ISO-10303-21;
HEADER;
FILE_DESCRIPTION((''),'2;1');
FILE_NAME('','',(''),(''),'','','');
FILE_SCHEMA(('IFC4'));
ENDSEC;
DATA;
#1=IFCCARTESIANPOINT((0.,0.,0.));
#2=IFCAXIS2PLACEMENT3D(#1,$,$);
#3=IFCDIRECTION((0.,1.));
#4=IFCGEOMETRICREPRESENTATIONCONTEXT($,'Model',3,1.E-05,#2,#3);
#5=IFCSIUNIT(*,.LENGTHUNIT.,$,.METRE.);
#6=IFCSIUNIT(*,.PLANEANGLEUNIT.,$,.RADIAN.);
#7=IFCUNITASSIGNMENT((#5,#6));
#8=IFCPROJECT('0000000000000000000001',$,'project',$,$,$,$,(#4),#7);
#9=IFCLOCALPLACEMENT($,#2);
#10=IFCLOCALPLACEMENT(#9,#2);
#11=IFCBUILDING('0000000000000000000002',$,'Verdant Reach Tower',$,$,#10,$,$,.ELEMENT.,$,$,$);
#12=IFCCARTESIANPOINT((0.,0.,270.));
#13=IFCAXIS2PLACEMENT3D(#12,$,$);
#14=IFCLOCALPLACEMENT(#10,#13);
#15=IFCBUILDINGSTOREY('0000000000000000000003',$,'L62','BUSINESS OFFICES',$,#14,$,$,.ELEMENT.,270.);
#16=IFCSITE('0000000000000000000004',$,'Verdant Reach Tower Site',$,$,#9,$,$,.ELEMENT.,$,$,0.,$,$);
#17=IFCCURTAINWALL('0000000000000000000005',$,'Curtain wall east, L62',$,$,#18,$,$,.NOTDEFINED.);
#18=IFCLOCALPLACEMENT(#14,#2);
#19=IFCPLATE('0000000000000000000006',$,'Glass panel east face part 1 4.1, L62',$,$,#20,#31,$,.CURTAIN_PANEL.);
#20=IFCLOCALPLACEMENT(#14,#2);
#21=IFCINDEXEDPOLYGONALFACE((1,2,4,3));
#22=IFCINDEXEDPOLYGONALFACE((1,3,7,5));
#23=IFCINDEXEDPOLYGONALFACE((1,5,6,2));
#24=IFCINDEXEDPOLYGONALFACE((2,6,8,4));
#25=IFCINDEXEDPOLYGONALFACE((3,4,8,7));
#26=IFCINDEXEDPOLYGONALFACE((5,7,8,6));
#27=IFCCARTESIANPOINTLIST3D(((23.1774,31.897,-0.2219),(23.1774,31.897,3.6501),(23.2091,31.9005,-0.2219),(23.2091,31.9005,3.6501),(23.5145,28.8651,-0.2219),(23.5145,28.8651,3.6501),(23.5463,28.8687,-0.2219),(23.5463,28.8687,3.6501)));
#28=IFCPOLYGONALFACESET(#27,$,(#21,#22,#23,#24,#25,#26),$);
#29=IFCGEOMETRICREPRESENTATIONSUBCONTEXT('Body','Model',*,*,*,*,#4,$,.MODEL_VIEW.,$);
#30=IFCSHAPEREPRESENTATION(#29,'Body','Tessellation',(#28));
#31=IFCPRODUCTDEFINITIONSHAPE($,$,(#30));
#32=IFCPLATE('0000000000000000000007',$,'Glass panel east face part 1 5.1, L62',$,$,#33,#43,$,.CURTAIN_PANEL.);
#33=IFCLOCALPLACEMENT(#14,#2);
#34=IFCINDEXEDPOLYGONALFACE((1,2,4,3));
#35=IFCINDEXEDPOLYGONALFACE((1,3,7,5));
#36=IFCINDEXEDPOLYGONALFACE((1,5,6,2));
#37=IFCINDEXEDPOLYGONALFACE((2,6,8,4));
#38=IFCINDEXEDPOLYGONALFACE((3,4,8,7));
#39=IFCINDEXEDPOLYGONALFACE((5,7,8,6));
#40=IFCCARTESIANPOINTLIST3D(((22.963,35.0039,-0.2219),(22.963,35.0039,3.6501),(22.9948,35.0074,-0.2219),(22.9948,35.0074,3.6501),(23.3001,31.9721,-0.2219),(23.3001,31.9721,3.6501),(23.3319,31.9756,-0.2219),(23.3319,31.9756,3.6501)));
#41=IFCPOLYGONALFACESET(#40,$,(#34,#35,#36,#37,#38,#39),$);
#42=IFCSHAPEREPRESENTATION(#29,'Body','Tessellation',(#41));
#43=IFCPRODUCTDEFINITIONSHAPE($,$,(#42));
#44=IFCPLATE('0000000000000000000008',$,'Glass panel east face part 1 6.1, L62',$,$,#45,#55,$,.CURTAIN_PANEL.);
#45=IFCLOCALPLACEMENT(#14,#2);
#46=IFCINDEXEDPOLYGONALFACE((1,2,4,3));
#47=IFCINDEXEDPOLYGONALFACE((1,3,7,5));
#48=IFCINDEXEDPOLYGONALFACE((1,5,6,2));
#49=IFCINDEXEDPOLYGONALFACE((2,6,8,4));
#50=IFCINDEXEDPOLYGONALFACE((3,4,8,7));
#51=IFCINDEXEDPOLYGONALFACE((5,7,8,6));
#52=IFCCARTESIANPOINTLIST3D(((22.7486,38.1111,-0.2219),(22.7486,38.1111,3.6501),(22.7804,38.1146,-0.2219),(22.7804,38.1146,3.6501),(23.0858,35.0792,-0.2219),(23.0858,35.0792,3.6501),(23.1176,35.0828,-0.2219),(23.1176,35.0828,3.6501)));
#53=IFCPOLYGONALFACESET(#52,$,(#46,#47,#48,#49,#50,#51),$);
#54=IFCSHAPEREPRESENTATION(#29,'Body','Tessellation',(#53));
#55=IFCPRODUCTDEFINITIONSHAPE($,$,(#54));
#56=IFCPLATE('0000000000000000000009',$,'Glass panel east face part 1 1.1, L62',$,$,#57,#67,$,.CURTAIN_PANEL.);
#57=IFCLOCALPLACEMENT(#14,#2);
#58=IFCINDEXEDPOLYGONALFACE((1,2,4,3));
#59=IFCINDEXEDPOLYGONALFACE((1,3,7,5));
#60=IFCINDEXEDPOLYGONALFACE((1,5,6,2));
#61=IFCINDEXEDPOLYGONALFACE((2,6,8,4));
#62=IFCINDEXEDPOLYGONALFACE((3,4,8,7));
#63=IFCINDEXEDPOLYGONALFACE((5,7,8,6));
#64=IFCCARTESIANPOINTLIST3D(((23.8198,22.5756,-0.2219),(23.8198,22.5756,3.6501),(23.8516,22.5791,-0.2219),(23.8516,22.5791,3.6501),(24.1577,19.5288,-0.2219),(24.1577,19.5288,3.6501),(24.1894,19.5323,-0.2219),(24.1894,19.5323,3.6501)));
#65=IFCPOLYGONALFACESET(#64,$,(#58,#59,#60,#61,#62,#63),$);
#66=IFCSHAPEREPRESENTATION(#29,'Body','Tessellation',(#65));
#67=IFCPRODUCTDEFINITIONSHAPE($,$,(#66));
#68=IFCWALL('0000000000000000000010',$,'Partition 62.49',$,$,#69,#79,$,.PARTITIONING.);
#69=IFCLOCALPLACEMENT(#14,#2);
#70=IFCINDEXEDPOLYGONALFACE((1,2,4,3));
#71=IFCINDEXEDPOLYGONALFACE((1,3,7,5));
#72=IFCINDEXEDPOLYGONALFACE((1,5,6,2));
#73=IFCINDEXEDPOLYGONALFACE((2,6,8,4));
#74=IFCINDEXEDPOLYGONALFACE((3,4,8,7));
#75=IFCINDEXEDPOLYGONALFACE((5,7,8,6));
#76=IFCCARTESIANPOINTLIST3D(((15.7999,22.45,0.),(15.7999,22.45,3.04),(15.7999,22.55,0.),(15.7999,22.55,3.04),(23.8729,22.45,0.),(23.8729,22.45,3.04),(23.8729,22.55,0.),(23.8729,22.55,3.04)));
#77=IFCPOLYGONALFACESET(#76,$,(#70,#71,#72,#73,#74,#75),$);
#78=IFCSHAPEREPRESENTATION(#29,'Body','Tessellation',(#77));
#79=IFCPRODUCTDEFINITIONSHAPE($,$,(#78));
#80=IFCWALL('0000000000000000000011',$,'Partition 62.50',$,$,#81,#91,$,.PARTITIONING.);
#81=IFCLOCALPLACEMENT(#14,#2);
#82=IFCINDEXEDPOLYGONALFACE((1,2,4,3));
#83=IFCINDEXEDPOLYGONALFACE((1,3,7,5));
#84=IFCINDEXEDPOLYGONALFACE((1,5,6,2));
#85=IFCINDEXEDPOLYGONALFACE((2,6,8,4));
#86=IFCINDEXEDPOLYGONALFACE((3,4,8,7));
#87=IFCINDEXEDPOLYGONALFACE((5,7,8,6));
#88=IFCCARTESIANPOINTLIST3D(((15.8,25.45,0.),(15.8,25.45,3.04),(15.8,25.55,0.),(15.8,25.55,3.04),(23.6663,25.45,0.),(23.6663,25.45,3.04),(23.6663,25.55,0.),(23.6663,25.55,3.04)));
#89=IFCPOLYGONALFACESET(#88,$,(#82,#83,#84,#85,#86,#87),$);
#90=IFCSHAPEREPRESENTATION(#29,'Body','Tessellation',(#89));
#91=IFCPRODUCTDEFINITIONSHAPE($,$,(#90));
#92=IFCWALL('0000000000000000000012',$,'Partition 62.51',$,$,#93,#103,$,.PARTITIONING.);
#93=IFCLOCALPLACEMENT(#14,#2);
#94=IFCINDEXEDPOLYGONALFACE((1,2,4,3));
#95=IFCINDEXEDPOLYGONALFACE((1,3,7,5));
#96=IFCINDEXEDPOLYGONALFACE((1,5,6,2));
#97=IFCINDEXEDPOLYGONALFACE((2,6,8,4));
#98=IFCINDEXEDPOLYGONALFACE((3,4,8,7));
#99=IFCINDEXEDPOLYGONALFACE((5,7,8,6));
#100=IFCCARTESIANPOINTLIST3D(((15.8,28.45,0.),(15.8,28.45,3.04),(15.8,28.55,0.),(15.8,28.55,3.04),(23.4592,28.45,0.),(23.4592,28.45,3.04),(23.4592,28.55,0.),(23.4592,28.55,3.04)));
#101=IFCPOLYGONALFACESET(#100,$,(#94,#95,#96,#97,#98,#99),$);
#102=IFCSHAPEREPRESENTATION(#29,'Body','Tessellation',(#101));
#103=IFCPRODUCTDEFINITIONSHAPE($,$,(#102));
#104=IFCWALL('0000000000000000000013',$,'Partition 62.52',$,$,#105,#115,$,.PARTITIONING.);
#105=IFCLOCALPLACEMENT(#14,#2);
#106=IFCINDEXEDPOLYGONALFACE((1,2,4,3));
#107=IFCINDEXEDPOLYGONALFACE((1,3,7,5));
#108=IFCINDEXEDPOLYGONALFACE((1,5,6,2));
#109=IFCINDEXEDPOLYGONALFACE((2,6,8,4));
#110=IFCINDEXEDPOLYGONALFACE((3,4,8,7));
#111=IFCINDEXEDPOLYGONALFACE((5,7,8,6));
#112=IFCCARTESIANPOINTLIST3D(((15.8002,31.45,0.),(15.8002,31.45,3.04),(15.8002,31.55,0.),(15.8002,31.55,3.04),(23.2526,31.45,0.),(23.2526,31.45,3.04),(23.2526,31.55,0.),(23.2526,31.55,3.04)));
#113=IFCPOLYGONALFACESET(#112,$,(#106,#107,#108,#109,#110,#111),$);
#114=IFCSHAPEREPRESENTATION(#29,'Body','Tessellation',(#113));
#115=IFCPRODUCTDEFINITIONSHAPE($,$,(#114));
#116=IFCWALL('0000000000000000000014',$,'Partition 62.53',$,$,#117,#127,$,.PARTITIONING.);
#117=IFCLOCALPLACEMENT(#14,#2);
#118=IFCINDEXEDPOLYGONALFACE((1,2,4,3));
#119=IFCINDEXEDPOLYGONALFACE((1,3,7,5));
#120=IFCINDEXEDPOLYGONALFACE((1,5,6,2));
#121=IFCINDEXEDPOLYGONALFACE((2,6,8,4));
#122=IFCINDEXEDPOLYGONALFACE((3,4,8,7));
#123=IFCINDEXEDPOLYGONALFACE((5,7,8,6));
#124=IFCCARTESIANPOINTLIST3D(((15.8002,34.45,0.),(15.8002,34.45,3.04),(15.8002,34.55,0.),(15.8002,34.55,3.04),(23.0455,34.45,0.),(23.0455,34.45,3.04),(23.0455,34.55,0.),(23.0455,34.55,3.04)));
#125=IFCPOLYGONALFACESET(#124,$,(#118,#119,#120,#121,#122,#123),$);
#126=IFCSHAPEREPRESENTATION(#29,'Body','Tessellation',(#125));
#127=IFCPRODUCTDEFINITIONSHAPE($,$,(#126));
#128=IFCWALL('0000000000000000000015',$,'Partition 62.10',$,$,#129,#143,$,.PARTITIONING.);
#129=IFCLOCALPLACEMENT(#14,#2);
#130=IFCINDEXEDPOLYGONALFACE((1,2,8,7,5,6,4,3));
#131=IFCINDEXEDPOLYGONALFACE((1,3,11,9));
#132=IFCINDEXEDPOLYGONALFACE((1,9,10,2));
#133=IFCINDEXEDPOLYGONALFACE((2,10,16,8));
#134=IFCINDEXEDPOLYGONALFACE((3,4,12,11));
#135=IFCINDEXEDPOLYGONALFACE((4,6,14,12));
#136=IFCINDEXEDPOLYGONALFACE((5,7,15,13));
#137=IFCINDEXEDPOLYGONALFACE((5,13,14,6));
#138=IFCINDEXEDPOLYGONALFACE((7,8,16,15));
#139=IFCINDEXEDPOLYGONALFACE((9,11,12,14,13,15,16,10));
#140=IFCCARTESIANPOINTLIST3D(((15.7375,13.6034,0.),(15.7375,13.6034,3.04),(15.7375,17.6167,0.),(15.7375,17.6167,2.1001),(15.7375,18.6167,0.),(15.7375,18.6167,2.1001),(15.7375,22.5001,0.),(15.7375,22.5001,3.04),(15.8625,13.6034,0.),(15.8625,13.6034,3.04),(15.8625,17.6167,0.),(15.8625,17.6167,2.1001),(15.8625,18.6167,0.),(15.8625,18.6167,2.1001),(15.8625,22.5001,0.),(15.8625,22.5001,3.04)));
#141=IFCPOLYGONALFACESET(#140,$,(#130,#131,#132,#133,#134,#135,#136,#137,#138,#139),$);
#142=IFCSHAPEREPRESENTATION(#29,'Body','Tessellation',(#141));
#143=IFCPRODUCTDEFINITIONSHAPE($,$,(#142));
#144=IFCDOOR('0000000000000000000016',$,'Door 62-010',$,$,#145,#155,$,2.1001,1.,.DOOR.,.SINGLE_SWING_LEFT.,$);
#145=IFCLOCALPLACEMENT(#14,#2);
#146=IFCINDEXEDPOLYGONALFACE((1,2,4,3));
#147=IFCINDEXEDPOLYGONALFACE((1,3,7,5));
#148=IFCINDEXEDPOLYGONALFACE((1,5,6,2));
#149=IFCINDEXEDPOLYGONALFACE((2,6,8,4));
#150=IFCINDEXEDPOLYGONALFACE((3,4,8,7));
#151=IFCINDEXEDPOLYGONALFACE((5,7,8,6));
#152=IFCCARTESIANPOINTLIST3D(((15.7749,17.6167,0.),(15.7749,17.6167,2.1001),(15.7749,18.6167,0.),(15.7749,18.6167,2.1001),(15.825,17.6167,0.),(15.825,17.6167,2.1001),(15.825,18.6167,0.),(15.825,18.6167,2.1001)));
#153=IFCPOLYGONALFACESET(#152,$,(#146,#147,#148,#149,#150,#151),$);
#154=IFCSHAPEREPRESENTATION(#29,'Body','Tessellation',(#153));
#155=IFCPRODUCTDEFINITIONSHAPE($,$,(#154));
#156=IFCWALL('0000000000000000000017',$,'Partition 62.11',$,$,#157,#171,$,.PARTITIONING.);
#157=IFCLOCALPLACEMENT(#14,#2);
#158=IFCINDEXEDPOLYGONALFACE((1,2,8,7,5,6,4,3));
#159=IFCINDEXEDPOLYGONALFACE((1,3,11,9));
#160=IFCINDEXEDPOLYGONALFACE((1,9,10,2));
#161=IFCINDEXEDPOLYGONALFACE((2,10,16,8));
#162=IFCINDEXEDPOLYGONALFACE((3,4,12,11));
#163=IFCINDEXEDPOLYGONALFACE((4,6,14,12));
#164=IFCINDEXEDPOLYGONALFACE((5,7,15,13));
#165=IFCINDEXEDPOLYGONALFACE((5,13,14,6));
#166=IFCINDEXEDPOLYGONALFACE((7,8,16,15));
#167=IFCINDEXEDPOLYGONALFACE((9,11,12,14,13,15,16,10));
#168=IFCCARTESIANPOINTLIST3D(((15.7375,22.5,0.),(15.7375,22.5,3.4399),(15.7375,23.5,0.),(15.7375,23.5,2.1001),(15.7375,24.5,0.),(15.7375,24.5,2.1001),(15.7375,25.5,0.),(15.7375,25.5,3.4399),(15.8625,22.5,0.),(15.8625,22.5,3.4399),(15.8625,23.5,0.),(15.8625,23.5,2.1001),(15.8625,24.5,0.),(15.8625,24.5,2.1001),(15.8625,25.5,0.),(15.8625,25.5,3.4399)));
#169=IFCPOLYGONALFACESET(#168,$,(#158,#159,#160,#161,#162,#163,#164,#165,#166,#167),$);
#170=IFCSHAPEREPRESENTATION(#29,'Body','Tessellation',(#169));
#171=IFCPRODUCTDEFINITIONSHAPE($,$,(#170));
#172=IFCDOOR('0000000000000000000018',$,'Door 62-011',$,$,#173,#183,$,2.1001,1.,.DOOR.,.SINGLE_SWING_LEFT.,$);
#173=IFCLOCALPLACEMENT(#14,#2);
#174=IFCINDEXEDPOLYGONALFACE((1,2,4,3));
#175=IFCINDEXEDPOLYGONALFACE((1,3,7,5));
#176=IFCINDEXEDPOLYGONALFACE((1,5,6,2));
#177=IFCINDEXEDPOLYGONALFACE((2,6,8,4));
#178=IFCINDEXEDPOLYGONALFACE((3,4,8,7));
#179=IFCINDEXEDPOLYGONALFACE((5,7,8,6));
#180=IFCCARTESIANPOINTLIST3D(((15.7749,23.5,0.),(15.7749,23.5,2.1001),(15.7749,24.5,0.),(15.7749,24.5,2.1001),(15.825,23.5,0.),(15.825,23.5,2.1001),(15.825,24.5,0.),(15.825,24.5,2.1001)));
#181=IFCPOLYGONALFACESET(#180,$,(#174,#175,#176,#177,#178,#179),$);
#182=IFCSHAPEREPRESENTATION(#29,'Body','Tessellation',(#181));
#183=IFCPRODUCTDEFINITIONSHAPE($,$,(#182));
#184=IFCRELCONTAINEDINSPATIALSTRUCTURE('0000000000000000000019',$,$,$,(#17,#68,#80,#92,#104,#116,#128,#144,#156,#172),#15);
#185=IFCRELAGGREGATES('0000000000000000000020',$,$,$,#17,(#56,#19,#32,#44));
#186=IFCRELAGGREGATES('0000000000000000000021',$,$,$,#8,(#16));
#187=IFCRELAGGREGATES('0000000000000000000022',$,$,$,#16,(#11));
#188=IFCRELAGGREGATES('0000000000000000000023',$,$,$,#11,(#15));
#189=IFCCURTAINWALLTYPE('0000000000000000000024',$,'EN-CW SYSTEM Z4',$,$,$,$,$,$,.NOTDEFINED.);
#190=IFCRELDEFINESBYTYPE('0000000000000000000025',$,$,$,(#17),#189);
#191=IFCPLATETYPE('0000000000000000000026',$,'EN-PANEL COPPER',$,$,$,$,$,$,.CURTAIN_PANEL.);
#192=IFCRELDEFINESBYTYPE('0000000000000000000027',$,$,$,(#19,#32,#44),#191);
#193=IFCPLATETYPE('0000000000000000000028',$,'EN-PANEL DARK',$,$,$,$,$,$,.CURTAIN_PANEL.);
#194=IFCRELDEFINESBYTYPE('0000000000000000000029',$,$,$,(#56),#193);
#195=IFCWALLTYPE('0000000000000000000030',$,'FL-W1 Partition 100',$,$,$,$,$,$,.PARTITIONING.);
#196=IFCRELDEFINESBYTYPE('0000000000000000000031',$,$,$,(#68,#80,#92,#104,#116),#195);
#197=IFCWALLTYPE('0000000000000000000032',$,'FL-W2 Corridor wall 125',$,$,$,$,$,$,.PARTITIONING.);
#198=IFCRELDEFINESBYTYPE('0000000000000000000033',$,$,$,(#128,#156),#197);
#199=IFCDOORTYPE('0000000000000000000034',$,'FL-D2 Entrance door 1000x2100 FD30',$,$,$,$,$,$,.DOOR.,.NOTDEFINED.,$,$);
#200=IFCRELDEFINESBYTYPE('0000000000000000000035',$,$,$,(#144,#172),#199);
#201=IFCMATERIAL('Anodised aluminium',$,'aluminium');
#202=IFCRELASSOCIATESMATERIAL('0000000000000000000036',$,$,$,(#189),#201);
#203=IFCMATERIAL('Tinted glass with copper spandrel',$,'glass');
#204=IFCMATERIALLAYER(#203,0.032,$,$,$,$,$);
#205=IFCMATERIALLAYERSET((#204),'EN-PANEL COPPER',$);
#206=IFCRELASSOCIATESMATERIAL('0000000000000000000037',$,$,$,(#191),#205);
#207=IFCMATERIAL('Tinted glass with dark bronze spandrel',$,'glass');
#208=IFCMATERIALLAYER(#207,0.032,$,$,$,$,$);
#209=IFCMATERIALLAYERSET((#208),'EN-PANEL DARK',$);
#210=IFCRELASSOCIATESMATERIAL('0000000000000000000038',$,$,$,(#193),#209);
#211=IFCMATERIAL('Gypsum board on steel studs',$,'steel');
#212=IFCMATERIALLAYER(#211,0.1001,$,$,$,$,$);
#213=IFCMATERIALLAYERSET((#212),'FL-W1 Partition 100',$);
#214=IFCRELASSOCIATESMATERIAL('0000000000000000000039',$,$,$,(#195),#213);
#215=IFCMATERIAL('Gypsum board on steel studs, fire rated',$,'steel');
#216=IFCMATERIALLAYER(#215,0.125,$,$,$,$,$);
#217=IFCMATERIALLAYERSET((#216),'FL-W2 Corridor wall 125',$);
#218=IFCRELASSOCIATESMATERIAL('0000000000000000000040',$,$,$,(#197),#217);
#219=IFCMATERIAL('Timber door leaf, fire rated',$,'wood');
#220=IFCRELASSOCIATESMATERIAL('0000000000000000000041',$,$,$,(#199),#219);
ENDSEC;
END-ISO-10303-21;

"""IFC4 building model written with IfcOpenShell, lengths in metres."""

from ifc_helpers import new_model, si_unit, direction, frame, frame_2d, origin, origin_2d, place, context, subcontext, project, spatial, rectangle, extrude, material, layer, layer_set, type_object, element, fill, aggregate, save


model = new_model("IFC4")

# Units and contexts
model_context = context("Model", 3, precision=1e-05, world=origin(), true_north=direction((0.0, 1.0)))
body_context = subcontext(model_context, "Body", "Model", "MODEL_VIEW")
ifc_project = project(units=[si_unit("LENGTHUNIT", "METRE"), si_unit("PLANEANGLEUNIT", "RADIAN")], contexts=[model_context])

# Site, building, storey
site_placement = place(None, origin())
site = spatial("IfcSite", under=ifc_project, at=site_placement, Name="Verdant Reach Tower Site", CompositionType="ELEMENT", RefElevation=0.0)
building_placement = place(site_placement, origin())
building = spatial("IfcBuilding", under=site, at=building_placement, Name="Verdant Reach Tower", CompositionType="ELEMENT")
storey_placement = place(building_placement, frame((0.0, 0.0, 270.0)))
storey = spatial("IfcBuildingStorey", under=building, at=storey_placement, Name="L62", Description="BUSINESS OFFICES", CompositionType="ELEMENT", Elevation=270.0)

# Curtain wall, plates
ifc_material_1 = material(Name="Anodised aluminium", Category="aluminium")
curtain_wall_type = type_object("IfcCurtainWallType", Name="EN-CW SYSTEM Z4", PredefinedType="NOTDEFINED", material=ifc_material_1)
curtain_wall_placement = place(storey_placement, origin())
curtain_wall = element("IfcCurtainWall", 1, at=curtain_wall_placement, inside=storey, type_object=curtain_wall_type, Name="Curtain wall east, L62", PredefinedType="NOTDEFINED")
ifc_material_2 = material(Name="Tinted glass with copper spandrel", Category="glass")
ifc_layer_1 = layer(ifc_material_2, 0.032)
ifc_layer_set_1 = layer_set([ifc_layer_1], Name="EN-PANEL COPPER")
plate_type_1 = type_object("IfcPlateType", Name="EN-PANEL COPPER", PredefinedType="CURTAIN_PANEL", material=ifc_layer_set_1)
plate_1_placement = place(storey_placement, frame((23.3618, 30.3828, -0.2219), z_axis=(0.0, 0.0, 1.0), x_axis=(-0.110518, 0.993874, 0.0)))
plate_1 = element("IfcPlate", 2, at=plate_1_placement, type_object=plate_type_1, Name="Glass panel east face part 1 4.1, L62", PredefinedType="CURTAIN_PANEL", context=body_context, shape_type="SweptSolid", body=[
    extrude(rectangle(XDim=3.0505, YDim=0.032, at=origin_2d()), origin(), (0.0, 0.0, 1.0), 3.8721),
])
plate_2_placement = place(storey_placement, frame((23.1475, 33.4897, -0.2219), z_axis=(0.0, 0.0, 1.0), x_axis=(-0.110518, 0.993874, 0.0)))
plate_2 = element("IfcPlate", 3, at=plate_2_placement, type_object=plate_type_1, Name="Glass panel east face part 1 5.1, L62", PredefinedType="CURTAIN_PANEL", context=body_context, shape_type="SweptSolid", body=[
    extrude(rectangle(XDim=3.0505, YDim=0.032, at=origin_2d()), origin(), (0.0, 0.0, 1.0), 3.8721),
])
plate_3_placement = place(storey_placement, frame((22.9331, 36.5969, -0.2219), z_axis=(0.0, 0.0, 1.0), x_axis=(-0.110518, 0.993874, 0.0)))
plate_3 = element("IfcPlate", 4, at=plate_3_placement, type_object=plate_type_1, Name="Glass panel east face part 1 6.1, L62", PredefinedType="CURTAIN_PANEL", context=body_context, shape_type="SweptSolid", body=[
    extrude(rectangle(XDim=3.0505, YDim=0.032, at=origin_2d()), origin(), (0.0, 0.0, 1.0), 3.8721),
])
ifc_material_3 = material(Name="Tinted glass with dark bronze spandrel", Category="glass")
ifc_layer_2 = layer(ifc_material_3, 0.032)
ifc_layer_set_2 = layer_set([ifc_layer_2], Name="EN-PANEL DARK")
plate_type_2 = type_object("IfcPlateType", Name="EN-PANEL DARK", PredefinedType="CURTAIN_PANEL", material=ifc_layer_set_2)
plate_4_placement = place(storey_placement, frame((24.0046, 21.054, -0.2219), z_axis=(0.0, 0.0, 1.0), x_axis=(-0.110206, 0.993909, 0.0)))
plate_4 = element("IfcPlate", 5, at=plate_4_placement, type_object=plate_type_2, Name="Glass panel east face part 1 1.1, L62", PredefinedType="CURTAIN_PANEL", context=body_context, shape_type="SweptSolid", body=[
    extrude(rectangle(XDim=3.0654, YDim=0.032, at=origin_2d()), origin(), (0.0, 0.0, 1.0), 3.8721),
])
aggregate(curtain_wall, [plate_4, plate_1, plate_2, plate_3])

# Walls
ifc_material_4 = material(Name="Gypsum board on steel studs", Category="steel")
ifc_layer_3 = layer(ifc_material_4, 0.1001)
ifc_layer_set_3 = layer_set([ifc_layer_3], Name="FL-W1 Partition 100")
wall_type_1 = type_object("IfcWallType", Name="FL-W1 Partition 100", PredefinedType="PARTITIONING", material=ifc_layer_set_3)
wall_1_placement = place(storey_placement, frame((23.873, 22.5, 0.0), z_axis=(0.0, 0.0, 1.0), x_axis=(-1.0, 0.0, 0.0)))
element("IfcWall", 6, at=wall_1_placement, inside=storey, type_object=wall_type_1, Name="Partition 62.49", PredefinedType="PARTITIONING", context=body_context, shape_type="SweptSolid", body=[
    extrude(rectangle(XDim=8.073, YDim=0.1001, at=frame_2d((4.0366, 0.0))), origin(), (0.0, 0.0, 1.0), 3.04),
])
wall_2_placement = place(storey_placement, frame((23.6663, 25.5, 0.0), z_axis=(0.0, 0.0, 1.0), x_axis=(-1.0, 0.0, 0.0)))
element("IfcWall", 7, at=wall_2_placement, inside=storey, type_object=wall_type_1, Name="Partition 62.50", PredefinedType="PARTITIONING", context=body_context, shape_type="SweptSolid", body=[
    extrude(rectangle(XDim=7.8662, YDim=0.1001, at=frame_2d((3.9331, 0.0))), origin(), (0.0, 0.0, 1.0), 3.04),
])
wall_3_placement = place(storey_placement, frame((23.4592, 28.5, 0.0), z_axis=(0.0, 0.0, 1.0), x_axis=(-1.0, 0.0, 0.0)))
element("IfcWall", 8, at=wall_3_placement, inside=storey, type_object=wall_type_1, Name="Partition 62.51", PredefinedType="PARTITIONING", context=body_context, shape_type="SweptSolid", body=[
    extrude(rectangle(XDim=7.6592, YDim=0.1001, at=frame_2d((3.8296, 0.0))), origin(), (0.0, 0.0, 1.0), 3.04),
])
wall_4_placement = place(storey_placement, frame((23.2524, 31.5, 0.0), z_axis=(0.0, 0.0, 1.0), x_axis=(-1.0, 0.0, 0.0)))
element("IfcWall", 9, at=wall_4_placement, inside=storey, type_object=wall_type_1, Name="Partition 62.52", PredefinedType="PARTITIONING", context=body_context, shape_type="SweptSolid", body=[
    extrude(rectangle(XDim=7.4524, YDim=0.1001, at=frame_2d((3.7261, 0.0))), origin(), (0.0, 0.0, 1.0), 3.04),
])
wall_5_placement = place(storey_placement, frame((23.0454, 34.5, 0.0), z_axis=(0.0, 0.0, 1.0), x_axis=(-1.0, 0.0, 0.0)))
element("IfcWall", 10, at=wall_5_placement, inside=storey, type_object=wall_type_1, Name="Partition 62.53", PredefinedType="PARTITIONING", context=body_context, shape_type="SweptSolid", body=[
    extrude(rectangle(XDim=7.2454, YDim=0.1001, at=frame_2d((3.6226, 0.0))), origin(), (0.0, 0.0, 1.0), 3.04),
])

# Walls, openings, doors
ifc_material_5 = material(Name="Gypsum board on steel studs, fire rated", Category="steel")
ifc_layer_4 = layer(ifc_material_5, 0.125)
ifc_layer_set_4 = layer_set([ifc_layer_4], Name="FL-W2 Corridor wall 125")
wall_type_2 = type_object("IfcWallType", Name="FL-W2 Corridor wall 125", PredefinedType="PARTITIONING", material=ifc_layer_set_4)
wall_6_placement = place(storey_placement, frame((15.8, 22.5, 0.0), z_axis=(0.0, 0.0, 1.0), x_axis=(0.0, -1.0, 0.0)))
wall_6 = element("IfcWall", 11, at=wall_6_placement, inside=storey, type_object=wall_type_2, Name="Partition 62.10", PredefinedType="PARTITIONING", context=body_context, shape_type="SweptSolid", body=[
    extrude(rectangle(XDim=8.8967, YDim=0.125, at=frame_2d((4.4482, 0.0))), origin(), (0.0, 0.0, 1.0), 3.04),
])
opening_1_placement = place(wall_6_placement, frame((3.8833, 0.0, 0.0)))
opening_1 = element("IfcOpeningElement", 12, at=opening_1_placement, cuts=wall_6, PredefinedType="OPENING", context=body_context, shape_type="SweptSolid", body=[
    extrude(rectangle(XDim=1.0, YDim=2.1001, at=frame_2d((0.5, 1.05))), frame((0.0, 0.0725, 0.0), z_axis=(0.0, -1.0, 0.0), x_axis=(1.0, 0.0, 0.0)), (0.0, 0.0, 1.0), 0.145),
])
ifc_material_6 = material(Name="Timber door leaf, fire rated", Category="wood")
door_type_1 = type_object("IfcDoorType", Name="FL-D2 Entrance door 1000x2100 FD30", OperationType="NOTDEFINED", PredefinedType="DOOR", material=ifc_material_6)
door_1_placement = place(opening_1_placement, origin())
door_1 = element("IfcDoor", 13, at=door_1_placement, inside=storey, type_object=door_type_1, Name="Door 62-010", OperationType="SINGLE_SWING_LEFT", OverallHeight=2.1001, OverallWidth=1.0, PredefinedType="DOOR", context=body_context, shape_type="SweptSolid", body=[
    extrude(rectangle(XDim=1.0, YDim=2.1001, at=frame_2d((0.5, 1.05))), frame((0.0, 0.0249, 0.0), z_axis=(0.0, -1.0, 0.0), x_axis=(1.0, 0.0, 0.0)), (0.0, 0.0, 1.0), 0.05),
])
fill(opening_1, door_1)
wall_7_placement = place(storey_placement, frame((15.8, 25.5, 0.0), z_axis=(0.0, 0.0, 1.0), x_axis=(0.0, -1.0, 0.0)))
wall_7 = element("IfcWall", 14, at=wall_7_placement, inside=storey, type_object=wall_type_2, Name="Partition 62.11", PredefinedType="PARTITIONING", context=body_context, shape_type="SweptSolid", body=[
    extrude(rectangle(XDim=3.0, YDim=0.125, at=frame_2d((1.5, 0.0))), origin(), (0.0, 0.0, 1.0), 3.4399),
])
opening_2_placement = place(wall_7_placement, frame((1.0, 0.0, 0.0)))
opening_2 = element("IfcOpeningElement", 15, at=opening_2_placement, cuts=wall_7, PredefinedType="OPENING", context=body_context, shape_type="SweptSolid", body=[
    extrude(rectangle(XDim=1.0, YDim=2.1001, at=frame_2d((0.5, 1.05))), frame((0.0, 0.0725, 0.0), z_axis=(0.0, -1.0, 0.0), x_axis=(1.0, 0.0, 0.0)), (0.0, 0.0, 1.0), 0.145),
])
door_2_placement = place(opening_2_placement, origin())
door_2 = element("IfcDoor", 16, at=door_2_placement, inside=storey, type_object=door_type_1, Name="Door 62-011", OperationType="SINGLE_SWING_LEFT", OverallHeight=2.1001, OverallWidth=1.0, PredefinedType="DOOR", context=body_context, shape_type="SweptSolid", body=[
    extrude(rectangle(XDim=1.0, YDim=2.1001, at=frame_2d((0.5, 1.05))), frame((0.0, 0.0249, 0.0), z_axis=(0.0, -1.0, 0.0), x_axis=(1.0, 0.0, 0.0)), (0.0, 0.0, 1.0), 0.05),
])
fill(opening_2, door_2)

save(model, "model.ifc")
